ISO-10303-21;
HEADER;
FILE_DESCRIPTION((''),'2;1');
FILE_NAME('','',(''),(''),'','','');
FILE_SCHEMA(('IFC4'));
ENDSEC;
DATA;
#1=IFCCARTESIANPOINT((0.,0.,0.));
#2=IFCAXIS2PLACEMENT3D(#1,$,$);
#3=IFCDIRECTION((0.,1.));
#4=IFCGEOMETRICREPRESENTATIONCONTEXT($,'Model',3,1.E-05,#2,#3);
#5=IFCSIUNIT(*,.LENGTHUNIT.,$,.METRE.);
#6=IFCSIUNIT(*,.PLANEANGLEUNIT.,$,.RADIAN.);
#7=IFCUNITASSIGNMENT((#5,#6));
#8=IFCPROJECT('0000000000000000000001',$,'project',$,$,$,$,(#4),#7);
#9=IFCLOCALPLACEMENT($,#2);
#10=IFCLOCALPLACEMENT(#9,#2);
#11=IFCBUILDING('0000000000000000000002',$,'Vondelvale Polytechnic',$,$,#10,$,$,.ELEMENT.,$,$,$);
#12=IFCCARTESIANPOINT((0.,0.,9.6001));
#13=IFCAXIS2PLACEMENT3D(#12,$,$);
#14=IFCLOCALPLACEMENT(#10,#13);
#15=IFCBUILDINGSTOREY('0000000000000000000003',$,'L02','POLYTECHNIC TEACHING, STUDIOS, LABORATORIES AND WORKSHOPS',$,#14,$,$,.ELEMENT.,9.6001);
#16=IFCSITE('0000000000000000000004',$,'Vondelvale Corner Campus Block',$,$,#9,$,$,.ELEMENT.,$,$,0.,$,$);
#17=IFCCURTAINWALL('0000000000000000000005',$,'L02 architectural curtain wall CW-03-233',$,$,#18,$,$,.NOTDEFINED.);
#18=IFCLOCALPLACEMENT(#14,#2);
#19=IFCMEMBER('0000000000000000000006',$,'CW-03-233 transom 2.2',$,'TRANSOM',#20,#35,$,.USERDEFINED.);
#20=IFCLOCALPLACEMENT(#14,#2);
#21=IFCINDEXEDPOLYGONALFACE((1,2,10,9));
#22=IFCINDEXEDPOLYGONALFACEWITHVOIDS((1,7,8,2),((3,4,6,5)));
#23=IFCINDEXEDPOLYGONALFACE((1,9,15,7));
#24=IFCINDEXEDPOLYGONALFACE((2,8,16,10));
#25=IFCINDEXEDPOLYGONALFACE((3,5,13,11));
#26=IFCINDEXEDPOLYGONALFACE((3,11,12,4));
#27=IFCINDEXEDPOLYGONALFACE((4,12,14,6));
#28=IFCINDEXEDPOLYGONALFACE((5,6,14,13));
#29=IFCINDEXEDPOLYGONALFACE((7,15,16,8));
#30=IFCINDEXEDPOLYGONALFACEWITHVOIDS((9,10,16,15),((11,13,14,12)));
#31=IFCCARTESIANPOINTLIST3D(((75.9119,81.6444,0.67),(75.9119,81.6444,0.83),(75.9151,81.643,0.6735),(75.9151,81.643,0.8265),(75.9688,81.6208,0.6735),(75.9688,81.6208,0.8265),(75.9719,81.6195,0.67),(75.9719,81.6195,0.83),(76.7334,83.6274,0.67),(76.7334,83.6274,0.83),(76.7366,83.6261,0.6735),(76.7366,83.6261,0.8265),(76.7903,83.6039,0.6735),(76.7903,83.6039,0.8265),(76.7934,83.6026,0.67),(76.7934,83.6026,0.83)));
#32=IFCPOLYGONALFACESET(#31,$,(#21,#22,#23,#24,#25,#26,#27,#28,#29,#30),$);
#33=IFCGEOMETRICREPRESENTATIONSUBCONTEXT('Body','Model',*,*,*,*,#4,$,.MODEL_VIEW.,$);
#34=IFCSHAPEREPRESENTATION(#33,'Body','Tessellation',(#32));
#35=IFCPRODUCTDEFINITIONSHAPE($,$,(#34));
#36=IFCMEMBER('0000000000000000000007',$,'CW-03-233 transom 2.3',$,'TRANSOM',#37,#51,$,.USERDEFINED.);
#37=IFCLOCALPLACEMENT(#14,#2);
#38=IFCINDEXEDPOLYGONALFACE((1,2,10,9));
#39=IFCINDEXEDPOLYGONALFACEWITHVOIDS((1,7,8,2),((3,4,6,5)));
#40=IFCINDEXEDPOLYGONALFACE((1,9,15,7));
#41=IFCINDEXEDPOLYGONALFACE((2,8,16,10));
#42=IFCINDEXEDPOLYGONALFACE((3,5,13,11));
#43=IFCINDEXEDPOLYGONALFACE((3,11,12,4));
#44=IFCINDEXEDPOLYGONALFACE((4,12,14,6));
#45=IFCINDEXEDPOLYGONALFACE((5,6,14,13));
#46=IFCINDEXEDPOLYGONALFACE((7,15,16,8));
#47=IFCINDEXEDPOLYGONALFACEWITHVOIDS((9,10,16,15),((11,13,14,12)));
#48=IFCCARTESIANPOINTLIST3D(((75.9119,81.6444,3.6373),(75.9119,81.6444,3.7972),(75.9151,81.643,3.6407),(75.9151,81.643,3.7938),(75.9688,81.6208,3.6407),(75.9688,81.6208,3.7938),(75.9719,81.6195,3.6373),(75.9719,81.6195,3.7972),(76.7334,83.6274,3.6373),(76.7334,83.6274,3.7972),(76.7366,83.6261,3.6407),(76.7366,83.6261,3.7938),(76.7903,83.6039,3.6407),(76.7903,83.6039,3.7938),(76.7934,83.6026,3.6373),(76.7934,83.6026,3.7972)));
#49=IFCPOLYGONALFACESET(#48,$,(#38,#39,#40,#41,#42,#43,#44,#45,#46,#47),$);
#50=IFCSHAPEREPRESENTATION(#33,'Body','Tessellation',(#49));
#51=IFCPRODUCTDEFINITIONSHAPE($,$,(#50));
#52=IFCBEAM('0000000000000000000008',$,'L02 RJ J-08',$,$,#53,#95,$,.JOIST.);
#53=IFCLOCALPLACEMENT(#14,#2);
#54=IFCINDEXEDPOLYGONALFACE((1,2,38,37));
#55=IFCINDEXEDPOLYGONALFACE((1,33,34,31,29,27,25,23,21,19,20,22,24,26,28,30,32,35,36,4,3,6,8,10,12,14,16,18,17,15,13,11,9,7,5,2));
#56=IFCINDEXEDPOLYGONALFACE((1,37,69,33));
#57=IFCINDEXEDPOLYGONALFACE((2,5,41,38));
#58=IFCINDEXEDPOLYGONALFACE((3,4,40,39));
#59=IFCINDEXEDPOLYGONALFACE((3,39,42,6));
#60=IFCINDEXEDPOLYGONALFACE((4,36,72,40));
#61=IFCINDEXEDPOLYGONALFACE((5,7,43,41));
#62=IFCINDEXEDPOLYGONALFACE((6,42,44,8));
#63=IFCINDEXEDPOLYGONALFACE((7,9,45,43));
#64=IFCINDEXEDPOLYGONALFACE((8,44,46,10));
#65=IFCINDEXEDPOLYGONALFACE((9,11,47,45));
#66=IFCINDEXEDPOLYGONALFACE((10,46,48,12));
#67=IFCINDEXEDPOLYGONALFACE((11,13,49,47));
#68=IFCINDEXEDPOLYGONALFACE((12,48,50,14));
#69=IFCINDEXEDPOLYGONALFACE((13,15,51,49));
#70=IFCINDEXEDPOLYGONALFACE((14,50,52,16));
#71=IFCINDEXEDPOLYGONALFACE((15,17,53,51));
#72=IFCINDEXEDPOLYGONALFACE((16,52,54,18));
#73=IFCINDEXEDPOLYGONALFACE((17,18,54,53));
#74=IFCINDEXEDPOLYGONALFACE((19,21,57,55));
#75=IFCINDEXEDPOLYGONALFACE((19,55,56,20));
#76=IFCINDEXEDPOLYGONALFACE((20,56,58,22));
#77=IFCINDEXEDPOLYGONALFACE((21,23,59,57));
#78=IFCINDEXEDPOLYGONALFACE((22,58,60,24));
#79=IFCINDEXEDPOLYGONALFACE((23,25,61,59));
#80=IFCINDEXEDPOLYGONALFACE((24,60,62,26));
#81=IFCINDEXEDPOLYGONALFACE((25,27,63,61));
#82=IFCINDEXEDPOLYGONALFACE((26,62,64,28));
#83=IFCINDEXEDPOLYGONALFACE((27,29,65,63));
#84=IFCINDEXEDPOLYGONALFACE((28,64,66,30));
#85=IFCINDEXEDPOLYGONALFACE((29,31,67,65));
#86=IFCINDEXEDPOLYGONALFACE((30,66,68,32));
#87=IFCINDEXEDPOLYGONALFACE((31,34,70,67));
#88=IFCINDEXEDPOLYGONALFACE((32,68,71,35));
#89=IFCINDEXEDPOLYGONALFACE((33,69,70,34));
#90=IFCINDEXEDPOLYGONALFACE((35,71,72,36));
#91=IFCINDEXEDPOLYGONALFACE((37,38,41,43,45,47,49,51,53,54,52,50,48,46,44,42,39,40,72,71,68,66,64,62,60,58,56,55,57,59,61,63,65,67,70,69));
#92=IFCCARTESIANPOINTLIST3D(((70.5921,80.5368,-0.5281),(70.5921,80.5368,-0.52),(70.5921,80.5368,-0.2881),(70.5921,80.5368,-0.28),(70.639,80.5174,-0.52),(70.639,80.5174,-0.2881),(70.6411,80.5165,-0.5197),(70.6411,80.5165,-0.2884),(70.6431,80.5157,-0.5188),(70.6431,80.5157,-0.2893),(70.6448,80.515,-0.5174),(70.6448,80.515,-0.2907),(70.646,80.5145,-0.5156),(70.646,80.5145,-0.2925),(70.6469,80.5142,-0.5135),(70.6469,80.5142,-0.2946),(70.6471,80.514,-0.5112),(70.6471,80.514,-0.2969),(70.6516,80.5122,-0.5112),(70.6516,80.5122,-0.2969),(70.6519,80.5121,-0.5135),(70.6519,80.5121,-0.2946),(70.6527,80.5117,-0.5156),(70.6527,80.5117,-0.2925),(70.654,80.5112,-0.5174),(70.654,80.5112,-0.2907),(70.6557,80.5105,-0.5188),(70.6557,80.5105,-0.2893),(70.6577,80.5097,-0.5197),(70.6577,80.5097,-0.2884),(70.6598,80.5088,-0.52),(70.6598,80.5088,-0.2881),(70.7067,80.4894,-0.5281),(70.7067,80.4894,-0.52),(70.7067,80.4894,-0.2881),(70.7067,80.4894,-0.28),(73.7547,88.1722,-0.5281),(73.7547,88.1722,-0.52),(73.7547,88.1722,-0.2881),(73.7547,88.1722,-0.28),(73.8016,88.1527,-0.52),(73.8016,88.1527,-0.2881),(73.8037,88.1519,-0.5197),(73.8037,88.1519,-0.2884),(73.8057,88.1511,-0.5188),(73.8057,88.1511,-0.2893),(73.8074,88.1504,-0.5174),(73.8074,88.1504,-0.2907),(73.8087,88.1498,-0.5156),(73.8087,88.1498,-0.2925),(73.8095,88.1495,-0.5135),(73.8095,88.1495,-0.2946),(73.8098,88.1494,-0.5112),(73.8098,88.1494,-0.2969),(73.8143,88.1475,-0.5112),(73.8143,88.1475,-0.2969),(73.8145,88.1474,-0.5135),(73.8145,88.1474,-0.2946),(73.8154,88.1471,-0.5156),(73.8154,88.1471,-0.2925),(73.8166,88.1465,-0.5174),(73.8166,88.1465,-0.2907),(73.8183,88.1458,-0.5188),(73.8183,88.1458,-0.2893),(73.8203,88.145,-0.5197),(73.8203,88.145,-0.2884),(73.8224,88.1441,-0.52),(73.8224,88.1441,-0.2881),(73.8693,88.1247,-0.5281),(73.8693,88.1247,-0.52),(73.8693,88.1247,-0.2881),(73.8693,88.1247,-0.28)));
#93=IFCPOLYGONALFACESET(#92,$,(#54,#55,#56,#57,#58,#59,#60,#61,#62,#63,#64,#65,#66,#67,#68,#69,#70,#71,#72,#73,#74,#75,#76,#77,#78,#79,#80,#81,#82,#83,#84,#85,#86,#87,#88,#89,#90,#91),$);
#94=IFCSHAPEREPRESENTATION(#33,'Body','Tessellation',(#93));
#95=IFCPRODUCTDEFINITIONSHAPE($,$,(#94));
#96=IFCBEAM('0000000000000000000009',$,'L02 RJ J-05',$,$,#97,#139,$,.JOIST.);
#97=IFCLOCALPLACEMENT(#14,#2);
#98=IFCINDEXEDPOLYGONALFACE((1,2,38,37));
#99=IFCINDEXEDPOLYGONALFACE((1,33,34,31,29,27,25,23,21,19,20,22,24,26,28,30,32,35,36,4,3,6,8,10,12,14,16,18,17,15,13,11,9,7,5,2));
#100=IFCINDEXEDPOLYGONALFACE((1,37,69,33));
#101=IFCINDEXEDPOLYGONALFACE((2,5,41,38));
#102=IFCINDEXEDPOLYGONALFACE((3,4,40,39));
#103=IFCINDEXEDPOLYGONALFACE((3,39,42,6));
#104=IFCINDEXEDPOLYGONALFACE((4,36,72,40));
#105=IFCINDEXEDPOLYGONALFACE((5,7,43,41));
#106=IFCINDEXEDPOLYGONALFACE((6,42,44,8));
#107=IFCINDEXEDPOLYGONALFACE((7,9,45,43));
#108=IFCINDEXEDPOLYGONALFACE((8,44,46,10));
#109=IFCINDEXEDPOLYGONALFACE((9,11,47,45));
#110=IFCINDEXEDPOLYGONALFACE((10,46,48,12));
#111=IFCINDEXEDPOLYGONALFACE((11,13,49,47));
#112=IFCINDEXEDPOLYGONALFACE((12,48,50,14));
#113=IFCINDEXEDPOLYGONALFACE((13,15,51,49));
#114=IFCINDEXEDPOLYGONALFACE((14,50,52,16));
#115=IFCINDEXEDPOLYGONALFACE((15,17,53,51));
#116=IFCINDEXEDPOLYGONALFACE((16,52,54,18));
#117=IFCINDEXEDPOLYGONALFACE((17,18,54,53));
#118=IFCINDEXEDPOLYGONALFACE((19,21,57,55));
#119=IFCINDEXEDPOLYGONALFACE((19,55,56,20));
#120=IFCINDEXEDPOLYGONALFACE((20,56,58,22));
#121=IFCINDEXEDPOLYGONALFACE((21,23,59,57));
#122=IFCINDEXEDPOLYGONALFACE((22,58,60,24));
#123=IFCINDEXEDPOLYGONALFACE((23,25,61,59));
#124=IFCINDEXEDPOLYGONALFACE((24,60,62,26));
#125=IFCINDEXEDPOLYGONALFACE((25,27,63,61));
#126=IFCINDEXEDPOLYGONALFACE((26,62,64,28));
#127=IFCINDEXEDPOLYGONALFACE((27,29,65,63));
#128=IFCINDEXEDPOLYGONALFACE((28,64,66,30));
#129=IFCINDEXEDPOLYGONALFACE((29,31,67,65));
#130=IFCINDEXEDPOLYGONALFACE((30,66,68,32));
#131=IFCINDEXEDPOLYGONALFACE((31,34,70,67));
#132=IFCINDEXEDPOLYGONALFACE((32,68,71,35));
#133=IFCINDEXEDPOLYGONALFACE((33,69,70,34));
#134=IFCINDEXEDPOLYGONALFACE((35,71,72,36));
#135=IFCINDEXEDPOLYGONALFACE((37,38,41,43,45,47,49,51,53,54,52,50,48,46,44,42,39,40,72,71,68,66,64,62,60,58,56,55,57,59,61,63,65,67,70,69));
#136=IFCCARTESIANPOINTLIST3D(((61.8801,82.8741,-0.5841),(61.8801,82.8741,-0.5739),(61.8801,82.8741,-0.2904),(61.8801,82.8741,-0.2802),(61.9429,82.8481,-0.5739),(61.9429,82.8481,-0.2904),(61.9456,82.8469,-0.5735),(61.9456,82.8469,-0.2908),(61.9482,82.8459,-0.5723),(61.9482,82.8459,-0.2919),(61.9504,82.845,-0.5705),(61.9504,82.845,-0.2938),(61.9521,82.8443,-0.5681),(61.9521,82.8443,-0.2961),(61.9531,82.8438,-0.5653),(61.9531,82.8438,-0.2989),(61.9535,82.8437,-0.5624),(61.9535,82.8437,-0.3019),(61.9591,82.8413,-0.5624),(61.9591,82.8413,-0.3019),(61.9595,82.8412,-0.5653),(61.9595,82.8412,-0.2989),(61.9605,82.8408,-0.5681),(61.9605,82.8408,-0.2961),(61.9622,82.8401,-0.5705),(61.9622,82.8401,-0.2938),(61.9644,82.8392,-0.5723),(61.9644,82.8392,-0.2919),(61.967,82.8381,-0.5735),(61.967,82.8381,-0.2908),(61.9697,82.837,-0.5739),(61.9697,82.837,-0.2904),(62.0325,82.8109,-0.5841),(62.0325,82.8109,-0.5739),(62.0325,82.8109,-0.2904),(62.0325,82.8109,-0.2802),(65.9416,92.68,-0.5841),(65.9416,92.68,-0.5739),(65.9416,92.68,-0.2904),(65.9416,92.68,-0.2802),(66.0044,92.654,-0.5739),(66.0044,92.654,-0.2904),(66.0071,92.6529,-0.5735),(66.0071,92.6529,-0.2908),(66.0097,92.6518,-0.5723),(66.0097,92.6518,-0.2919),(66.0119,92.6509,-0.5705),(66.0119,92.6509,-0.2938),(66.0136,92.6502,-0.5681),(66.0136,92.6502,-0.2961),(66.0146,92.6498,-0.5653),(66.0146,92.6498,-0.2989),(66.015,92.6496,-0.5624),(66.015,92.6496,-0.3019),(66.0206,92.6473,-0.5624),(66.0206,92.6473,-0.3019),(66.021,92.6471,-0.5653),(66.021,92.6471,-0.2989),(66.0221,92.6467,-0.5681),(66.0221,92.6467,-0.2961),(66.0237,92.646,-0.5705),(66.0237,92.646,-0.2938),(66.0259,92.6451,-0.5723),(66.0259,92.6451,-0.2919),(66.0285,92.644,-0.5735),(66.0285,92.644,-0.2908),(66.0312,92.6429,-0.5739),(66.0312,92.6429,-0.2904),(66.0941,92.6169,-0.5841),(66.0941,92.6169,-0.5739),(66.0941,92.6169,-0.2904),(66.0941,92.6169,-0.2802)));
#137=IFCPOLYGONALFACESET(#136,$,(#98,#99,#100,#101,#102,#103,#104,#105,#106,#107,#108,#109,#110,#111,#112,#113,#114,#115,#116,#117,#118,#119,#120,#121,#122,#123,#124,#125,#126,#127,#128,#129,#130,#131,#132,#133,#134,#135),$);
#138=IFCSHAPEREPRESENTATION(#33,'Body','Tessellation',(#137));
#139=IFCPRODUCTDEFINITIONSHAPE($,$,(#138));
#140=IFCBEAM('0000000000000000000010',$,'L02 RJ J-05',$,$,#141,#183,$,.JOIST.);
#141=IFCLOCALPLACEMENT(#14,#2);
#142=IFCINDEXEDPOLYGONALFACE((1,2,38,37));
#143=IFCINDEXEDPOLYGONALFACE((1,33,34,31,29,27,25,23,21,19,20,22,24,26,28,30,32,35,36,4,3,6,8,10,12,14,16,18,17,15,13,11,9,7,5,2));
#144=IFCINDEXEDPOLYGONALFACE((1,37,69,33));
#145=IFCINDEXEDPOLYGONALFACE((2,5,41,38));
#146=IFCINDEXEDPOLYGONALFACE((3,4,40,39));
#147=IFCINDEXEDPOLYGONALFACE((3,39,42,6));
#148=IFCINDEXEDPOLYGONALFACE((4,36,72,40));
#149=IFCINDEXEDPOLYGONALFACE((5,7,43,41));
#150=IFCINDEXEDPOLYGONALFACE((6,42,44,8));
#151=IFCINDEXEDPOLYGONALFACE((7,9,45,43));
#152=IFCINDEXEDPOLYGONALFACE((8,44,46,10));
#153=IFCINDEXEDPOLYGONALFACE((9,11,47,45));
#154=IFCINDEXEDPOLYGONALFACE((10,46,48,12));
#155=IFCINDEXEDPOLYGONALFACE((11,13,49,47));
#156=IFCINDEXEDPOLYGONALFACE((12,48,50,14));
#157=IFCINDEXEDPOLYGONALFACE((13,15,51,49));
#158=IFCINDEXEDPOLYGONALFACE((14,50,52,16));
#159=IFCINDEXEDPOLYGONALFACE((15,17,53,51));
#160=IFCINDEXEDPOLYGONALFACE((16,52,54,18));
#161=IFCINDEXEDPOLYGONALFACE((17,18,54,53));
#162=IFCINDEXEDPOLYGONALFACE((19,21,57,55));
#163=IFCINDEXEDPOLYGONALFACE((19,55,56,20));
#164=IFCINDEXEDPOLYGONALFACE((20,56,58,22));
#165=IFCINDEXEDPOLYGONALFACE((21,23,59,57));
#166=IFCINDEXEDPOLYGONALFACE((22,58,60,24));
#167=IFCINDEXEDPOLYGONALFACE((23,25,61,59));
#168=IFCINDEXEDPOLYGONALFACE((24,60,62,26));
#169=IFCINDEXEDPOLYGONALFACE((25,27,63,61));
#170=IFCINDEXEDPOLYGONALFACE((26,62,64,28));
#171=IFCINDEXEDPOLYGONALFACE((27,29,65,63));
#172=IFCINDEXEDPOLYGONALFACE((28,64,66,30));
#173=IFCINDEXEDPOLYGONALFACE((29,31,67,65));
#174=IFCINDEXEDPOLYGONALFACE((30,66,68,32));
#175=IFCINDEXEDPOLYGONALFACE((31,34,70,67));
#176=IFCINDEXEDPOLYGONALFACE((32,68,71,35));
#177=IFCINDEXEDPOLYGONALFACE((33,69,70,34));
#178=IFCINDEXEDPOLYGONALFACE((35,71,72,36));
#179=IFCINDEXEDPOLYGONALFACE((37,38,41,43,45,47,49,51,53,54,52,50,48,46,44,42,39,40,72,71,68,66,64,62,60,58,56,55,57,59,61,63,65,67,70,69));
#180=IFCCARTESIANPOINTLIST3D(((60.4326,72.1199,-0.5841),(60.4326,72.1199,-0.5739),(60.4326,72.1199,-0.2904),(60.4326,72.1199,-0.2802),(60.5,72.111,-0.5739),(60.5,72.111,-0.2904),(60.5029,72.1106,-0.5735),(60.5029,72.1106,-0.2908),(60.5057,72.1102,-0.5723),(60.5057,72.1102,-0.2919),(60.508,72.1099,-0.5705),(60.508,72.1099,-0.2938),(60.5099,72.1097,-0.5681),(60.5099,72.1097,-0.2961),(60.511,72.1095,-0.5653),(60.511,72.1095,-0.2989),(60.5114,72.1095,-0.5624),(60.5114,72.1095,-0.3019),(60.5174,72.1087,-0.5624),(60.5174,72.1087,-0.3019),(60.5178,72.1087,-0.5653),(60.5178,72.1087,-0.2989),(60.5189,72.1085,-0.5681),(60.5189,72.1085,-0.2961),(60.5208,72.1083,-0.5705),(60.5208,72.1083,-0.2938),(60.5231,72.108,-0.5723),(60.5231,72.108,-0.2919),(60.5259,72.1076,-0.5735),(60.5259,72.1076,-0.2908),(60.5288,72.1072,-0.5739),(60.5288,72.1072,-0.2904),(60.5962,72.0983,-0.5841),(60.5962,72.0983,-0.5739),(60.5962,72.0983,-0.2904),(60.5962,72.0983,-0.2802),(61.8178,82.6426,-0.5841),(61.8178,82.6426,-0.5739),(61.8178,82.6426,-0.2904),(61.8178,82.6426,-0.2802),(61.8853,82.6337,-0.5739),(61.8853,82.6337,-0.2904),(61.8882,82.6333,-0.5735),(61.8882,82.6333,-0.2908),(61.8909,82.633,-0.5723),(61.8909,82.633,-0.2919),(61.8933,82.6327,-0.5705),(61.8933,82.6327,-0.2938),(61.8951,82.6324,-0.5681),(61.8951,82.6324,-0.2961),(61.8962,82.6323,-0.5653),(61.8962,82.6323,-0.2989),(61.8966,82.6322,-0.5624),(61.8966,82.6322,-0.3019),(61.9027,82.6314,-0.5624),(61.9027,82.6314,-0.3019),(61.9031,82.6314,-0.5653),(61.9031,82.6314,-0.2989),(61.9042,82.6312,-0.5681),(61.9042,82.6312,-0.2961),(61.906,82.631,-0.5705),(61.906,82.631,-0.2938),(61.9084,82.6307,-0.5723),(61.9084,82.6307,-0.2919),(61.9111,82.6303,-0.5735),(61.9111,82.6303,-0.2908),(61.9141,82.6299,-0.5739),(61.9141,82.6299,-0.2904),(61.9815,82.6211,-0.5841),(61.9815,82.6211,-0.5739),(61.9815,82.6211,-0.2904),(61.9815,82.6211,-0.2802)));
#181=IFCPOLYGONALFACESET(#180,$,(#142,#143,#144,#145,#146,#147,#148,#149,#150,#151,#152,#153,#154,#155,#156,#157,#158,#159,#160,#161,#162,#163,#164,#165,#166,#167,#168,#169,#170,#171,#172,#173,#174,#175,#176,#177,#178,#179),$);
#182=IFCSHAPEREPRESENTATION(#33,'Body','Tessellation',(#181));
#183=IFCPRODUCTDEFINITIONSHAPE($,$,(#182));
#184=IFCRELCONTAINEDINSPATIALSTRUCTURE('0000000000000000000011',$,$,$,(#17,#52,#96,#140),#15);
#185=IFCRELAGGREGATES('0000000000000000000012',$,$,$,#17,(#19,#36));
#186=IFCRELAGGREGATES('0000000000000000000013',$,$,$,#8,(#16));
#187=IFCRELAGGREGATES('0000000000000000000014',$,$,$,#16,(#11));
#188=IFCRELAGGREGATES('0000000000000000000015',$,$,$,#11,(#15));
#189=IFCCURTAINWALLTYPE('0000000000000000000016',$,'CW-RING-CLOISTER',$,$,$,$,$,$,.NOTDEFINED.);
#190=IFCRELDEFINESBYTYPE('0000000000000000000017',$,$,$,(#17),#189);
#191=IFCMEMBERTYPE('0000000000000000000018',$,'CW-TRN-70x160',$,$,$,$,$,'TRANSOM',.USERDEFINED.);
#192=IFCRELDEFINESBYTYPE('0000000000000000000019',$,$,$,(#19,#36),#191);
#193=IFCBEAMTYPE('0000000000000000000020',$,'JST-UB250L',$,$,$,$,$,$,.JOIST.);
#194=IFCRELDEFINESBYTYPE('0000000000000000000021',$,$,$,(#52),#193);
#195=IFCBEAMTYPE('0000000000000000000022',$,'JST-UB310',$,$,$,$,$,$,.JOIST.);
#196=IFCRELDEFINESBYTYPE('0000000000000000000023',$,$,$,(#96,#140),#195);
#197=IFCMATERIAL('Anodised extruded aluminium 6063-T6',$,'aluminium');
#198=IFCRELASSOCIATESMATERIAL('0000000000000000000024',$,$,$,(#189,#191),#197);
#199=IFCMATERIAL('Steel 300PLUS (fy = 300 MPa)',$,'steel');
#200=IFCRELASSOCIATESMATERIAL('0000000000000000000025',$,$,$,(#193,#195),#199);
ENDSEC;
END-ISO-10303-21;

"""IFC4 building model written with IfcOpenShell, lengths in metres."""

from ifc_helpers import new_model, si_unit, direction, frame, origin, origin_2d, place, context, subcontext, project, spatial, hollow_rectangle, i_section, extrude, material, material_profile, profile_set, type_object, element, aggregate, save


model = new_model("IFC4")

# Units and contexts
model_context = context("Model", 3, precision=1e-05, world=origin(), true_north=direction((0.0, 1.0)))
body_context = subcontext(model_context, "Body", "Model", "MODEL_VIEW")
ifc_project = project(units=[si_unit("LENGTHUNIT", "METRE"), si_unit("PLANEANGLEUNIT", "RADIAN")], contexts=[model_context])

# Site, building, storey
site_placement = place(None, origin())
site = spatial("IfcSite", under=ifc_project, at=site_placement, Name="Vondelvale Corner Campus Block", CompositionType="ELEMENT", RefElevation=0.0)
building_placement = place(site_placement, origin())
building = spatial("IfcBuilding", under=site, at=building_placement, Name="Vondelvale Polytechnic", CompositionType="ELEMENT")
storey_placement = place(building_placement, frame((0.0, 0.0, 9.6001)))
storey = spatial("IfcBuildingStorey", under=building, at=storey_placement, Name="L02", Description="POLYTECHNIC TEACHING, STUDIOS, LABORATORIES AND WORKSHOPS", CompositionType="ELEMENT", Elevation=9.6001)

# Shared definitions
ifc_material_1 = material(Name="Steel 300PLUS (fy = 300 MPa)", Category="steel")

# Curtain wall
ifc_material_2 = material(Name="Anodised extruded aluminium 6063-T6", Category="aluminium")
curtain_wall_type_1 = type_object("IfcCurtainWallType", Name="CW-RING-CLOISTER", PredefinedType="NOTDEFINED", material=ifc_material_2)
curtain_wall_1_placement = place(storey_placement, origin())
curtain_wall_1 = element("IfcCurtainWall", 1, at=curtain_wall_1_placement, inside=storey, type_object=curtain_wall_type_1, Name="L02 architectural curtain wall CW-03-233", PredefinedType="NOTDEFINED")

# Members
ifc_material_profile_1 = material_profile(ifc_material_2, hollow_rectangle(XDim=0.0649, YDim=0.1599, WallThickness=0.0034, at=origin_2d()), Name="CW-TRN-160x65")
ifc_profile_set_1 = profile_set([ifc_material_profile_1], Name="Anodised extruded aluminium 6063-T6")
member_type_1 = type_object("IfcMemberType", Name="CW-TRN-70x160", ElementType="TRANSOM", PredefinedType="USERDEFINED", material=ifc_profile_set_1)
member_1_placement = place(storey_placement, frame((76.7634, 83.615, 0.75), z_axis=(-0.382717, -0.923866, 0.0), x_axis=(0.923866, -0.382717, 0.0)))
member_1 = element("IfcMember", 2, at=member_1_placement, type_object=member_type_1, Name="CW-03-233 transom 2.2", ObjectType="TRANSOM", PredefinedType="USERDEFINED", context=body_context, shape_type="SweptSolid", body=[
    extrude(hollow_rectangle(XDim=0.0649, YDim=0.1599, WallThickness=0.0034, at=origin_2d()), origin(), (0.0, 0.0, 1.0), 2.1465),
])
member_2_placement = place(storey_placement, frame((76.7634, 83.615, 3.7173), z_axis=(-0.382717, -0.923866, 0.0), x_axis=(0.923866, -0.382717, 0.0)))
member_2 = element("IfcMember", 3, at=member_2_placement, type_object=member_type_1, Name="CW-03-233 transom 2.3", ObjectType="TRANSOM", PredefinedType="USERDEFINED", context=body_context, shape_type="SweptSolid", body=[
    extrude(hollow_rectangle(XDim=0.0649, YDim=0.1599, WallThickness=0.0034, at=origin_2d()), origin(), (0.0, 0.0, 1.0), 2.1465),
])

# Beams
ifc_material_profile_2 = material_profile(ifc_material_1, i_section(OverallWidth=0.124, OverallDepth=0.248, WebThickness=0.0049, FlangeThickness=0.0081, FilletRadius=0.0088, at=origin_2d()), Name="250UB25.7")
ifc_profile_set_2 = profile_set([ifc_material_profile_2], Name="Steel 300PLUS (fy = 300 MPa)")
beam_type_1 = type_object("IfcBeamType", Name="JST-UB250L", PredefinedType="JOIST", material=ifc_profile_set_2)
beam_1_placement = place(storey_placement, frame((73.812, 88.1484, -0.4041), z_axis=(-0.382681, -0.923881, 0.0), x_axis=(0.923881, -0.382681, 0.0)))
element("IfcBeam", 4, at=beam_1_placement, inside=storey, type_object=beam_type_1, Name="L02 RJ J-08", PredefinedType="JOIST", context=body_context, shape_type="SweptSolid", body=[
    extrude(i_section(OverallWidth=0.124, OverallDepth=0.248, WebThickness=0.0049, FlangeThickness=0.0081, FilletRadius=0.0088, at=origin_2d()), origin(), (0.0, 0.0, 1.0), 8.2644),
])
ifc_material_profile_3 = material_profile(ifc_material_1, i_section(OverallWidth=0.165, OverallDepth=0.304, WebThickness=0.0061, FlangeThickness=0.0103, FilletRadius=0.0115, at=origin_2d()), Name="310UB40.4")
ifc_profile_set_3 = profile_set([ifc_material_profile_3], Name="Steel 300PLUS (fy = 300 MPa)")
beam_type_2 = type_object("IfcBeamType", Name="JST-UB310", PredefinedType="JOIST", material=ifc_profile_set_3)
beam_2_placement = place(storey_placement, frame((66.0178, 92.6484, -0.4321), z_axis=(-0.382666, -0.923887, 0.0), x_axis=(0.923887, -0.382666, 0.0)))
element("IfcBeam", 5, at=beam_2_placement, inside=storey, type_object=beam_type_2, Name="L02 RJ J-05", PredefinedType="JOIST", context=body_context, shape_type="SweptSolid", body=[
    extrude(i_section(OverallWidth=0.165, OverallDepth=0.304, WebThickness=0.0061, FlangeThickness=0.0103, FilletRadius=0.0115, at=origin_2d()), origin(), (0.0, 0.0, 1.0), 10.6138),
])
beam_3_placement = place(storey_placement, frame((61.8997, 82.6318, -0.4321), z_axis=(-0.130518, -0.991446, 0.0), x_axis=(0.991446, -0.130518, 0.0)))
element("IfcBeam", 6, at=beam_3_placement, inside=storey, type_object=beam_type_2, Name="L02 RJ J-05", PredefinedType="JOIST", context=body_context, shape_type="SweptSolid", body=[
    extrude(i_section(OverallWidth=0.165, OverallDepth=0.304, WebThickness=0.0061, FlangeThickness=0.0103, FilletRadius=0.0115, at=origin_2d()), origin(), (0.0, 0.0, 1.0), 10.6135),
])

aggregate(curtain_wall_1, [member_1, member_2])

save(model, "model.ifc")
